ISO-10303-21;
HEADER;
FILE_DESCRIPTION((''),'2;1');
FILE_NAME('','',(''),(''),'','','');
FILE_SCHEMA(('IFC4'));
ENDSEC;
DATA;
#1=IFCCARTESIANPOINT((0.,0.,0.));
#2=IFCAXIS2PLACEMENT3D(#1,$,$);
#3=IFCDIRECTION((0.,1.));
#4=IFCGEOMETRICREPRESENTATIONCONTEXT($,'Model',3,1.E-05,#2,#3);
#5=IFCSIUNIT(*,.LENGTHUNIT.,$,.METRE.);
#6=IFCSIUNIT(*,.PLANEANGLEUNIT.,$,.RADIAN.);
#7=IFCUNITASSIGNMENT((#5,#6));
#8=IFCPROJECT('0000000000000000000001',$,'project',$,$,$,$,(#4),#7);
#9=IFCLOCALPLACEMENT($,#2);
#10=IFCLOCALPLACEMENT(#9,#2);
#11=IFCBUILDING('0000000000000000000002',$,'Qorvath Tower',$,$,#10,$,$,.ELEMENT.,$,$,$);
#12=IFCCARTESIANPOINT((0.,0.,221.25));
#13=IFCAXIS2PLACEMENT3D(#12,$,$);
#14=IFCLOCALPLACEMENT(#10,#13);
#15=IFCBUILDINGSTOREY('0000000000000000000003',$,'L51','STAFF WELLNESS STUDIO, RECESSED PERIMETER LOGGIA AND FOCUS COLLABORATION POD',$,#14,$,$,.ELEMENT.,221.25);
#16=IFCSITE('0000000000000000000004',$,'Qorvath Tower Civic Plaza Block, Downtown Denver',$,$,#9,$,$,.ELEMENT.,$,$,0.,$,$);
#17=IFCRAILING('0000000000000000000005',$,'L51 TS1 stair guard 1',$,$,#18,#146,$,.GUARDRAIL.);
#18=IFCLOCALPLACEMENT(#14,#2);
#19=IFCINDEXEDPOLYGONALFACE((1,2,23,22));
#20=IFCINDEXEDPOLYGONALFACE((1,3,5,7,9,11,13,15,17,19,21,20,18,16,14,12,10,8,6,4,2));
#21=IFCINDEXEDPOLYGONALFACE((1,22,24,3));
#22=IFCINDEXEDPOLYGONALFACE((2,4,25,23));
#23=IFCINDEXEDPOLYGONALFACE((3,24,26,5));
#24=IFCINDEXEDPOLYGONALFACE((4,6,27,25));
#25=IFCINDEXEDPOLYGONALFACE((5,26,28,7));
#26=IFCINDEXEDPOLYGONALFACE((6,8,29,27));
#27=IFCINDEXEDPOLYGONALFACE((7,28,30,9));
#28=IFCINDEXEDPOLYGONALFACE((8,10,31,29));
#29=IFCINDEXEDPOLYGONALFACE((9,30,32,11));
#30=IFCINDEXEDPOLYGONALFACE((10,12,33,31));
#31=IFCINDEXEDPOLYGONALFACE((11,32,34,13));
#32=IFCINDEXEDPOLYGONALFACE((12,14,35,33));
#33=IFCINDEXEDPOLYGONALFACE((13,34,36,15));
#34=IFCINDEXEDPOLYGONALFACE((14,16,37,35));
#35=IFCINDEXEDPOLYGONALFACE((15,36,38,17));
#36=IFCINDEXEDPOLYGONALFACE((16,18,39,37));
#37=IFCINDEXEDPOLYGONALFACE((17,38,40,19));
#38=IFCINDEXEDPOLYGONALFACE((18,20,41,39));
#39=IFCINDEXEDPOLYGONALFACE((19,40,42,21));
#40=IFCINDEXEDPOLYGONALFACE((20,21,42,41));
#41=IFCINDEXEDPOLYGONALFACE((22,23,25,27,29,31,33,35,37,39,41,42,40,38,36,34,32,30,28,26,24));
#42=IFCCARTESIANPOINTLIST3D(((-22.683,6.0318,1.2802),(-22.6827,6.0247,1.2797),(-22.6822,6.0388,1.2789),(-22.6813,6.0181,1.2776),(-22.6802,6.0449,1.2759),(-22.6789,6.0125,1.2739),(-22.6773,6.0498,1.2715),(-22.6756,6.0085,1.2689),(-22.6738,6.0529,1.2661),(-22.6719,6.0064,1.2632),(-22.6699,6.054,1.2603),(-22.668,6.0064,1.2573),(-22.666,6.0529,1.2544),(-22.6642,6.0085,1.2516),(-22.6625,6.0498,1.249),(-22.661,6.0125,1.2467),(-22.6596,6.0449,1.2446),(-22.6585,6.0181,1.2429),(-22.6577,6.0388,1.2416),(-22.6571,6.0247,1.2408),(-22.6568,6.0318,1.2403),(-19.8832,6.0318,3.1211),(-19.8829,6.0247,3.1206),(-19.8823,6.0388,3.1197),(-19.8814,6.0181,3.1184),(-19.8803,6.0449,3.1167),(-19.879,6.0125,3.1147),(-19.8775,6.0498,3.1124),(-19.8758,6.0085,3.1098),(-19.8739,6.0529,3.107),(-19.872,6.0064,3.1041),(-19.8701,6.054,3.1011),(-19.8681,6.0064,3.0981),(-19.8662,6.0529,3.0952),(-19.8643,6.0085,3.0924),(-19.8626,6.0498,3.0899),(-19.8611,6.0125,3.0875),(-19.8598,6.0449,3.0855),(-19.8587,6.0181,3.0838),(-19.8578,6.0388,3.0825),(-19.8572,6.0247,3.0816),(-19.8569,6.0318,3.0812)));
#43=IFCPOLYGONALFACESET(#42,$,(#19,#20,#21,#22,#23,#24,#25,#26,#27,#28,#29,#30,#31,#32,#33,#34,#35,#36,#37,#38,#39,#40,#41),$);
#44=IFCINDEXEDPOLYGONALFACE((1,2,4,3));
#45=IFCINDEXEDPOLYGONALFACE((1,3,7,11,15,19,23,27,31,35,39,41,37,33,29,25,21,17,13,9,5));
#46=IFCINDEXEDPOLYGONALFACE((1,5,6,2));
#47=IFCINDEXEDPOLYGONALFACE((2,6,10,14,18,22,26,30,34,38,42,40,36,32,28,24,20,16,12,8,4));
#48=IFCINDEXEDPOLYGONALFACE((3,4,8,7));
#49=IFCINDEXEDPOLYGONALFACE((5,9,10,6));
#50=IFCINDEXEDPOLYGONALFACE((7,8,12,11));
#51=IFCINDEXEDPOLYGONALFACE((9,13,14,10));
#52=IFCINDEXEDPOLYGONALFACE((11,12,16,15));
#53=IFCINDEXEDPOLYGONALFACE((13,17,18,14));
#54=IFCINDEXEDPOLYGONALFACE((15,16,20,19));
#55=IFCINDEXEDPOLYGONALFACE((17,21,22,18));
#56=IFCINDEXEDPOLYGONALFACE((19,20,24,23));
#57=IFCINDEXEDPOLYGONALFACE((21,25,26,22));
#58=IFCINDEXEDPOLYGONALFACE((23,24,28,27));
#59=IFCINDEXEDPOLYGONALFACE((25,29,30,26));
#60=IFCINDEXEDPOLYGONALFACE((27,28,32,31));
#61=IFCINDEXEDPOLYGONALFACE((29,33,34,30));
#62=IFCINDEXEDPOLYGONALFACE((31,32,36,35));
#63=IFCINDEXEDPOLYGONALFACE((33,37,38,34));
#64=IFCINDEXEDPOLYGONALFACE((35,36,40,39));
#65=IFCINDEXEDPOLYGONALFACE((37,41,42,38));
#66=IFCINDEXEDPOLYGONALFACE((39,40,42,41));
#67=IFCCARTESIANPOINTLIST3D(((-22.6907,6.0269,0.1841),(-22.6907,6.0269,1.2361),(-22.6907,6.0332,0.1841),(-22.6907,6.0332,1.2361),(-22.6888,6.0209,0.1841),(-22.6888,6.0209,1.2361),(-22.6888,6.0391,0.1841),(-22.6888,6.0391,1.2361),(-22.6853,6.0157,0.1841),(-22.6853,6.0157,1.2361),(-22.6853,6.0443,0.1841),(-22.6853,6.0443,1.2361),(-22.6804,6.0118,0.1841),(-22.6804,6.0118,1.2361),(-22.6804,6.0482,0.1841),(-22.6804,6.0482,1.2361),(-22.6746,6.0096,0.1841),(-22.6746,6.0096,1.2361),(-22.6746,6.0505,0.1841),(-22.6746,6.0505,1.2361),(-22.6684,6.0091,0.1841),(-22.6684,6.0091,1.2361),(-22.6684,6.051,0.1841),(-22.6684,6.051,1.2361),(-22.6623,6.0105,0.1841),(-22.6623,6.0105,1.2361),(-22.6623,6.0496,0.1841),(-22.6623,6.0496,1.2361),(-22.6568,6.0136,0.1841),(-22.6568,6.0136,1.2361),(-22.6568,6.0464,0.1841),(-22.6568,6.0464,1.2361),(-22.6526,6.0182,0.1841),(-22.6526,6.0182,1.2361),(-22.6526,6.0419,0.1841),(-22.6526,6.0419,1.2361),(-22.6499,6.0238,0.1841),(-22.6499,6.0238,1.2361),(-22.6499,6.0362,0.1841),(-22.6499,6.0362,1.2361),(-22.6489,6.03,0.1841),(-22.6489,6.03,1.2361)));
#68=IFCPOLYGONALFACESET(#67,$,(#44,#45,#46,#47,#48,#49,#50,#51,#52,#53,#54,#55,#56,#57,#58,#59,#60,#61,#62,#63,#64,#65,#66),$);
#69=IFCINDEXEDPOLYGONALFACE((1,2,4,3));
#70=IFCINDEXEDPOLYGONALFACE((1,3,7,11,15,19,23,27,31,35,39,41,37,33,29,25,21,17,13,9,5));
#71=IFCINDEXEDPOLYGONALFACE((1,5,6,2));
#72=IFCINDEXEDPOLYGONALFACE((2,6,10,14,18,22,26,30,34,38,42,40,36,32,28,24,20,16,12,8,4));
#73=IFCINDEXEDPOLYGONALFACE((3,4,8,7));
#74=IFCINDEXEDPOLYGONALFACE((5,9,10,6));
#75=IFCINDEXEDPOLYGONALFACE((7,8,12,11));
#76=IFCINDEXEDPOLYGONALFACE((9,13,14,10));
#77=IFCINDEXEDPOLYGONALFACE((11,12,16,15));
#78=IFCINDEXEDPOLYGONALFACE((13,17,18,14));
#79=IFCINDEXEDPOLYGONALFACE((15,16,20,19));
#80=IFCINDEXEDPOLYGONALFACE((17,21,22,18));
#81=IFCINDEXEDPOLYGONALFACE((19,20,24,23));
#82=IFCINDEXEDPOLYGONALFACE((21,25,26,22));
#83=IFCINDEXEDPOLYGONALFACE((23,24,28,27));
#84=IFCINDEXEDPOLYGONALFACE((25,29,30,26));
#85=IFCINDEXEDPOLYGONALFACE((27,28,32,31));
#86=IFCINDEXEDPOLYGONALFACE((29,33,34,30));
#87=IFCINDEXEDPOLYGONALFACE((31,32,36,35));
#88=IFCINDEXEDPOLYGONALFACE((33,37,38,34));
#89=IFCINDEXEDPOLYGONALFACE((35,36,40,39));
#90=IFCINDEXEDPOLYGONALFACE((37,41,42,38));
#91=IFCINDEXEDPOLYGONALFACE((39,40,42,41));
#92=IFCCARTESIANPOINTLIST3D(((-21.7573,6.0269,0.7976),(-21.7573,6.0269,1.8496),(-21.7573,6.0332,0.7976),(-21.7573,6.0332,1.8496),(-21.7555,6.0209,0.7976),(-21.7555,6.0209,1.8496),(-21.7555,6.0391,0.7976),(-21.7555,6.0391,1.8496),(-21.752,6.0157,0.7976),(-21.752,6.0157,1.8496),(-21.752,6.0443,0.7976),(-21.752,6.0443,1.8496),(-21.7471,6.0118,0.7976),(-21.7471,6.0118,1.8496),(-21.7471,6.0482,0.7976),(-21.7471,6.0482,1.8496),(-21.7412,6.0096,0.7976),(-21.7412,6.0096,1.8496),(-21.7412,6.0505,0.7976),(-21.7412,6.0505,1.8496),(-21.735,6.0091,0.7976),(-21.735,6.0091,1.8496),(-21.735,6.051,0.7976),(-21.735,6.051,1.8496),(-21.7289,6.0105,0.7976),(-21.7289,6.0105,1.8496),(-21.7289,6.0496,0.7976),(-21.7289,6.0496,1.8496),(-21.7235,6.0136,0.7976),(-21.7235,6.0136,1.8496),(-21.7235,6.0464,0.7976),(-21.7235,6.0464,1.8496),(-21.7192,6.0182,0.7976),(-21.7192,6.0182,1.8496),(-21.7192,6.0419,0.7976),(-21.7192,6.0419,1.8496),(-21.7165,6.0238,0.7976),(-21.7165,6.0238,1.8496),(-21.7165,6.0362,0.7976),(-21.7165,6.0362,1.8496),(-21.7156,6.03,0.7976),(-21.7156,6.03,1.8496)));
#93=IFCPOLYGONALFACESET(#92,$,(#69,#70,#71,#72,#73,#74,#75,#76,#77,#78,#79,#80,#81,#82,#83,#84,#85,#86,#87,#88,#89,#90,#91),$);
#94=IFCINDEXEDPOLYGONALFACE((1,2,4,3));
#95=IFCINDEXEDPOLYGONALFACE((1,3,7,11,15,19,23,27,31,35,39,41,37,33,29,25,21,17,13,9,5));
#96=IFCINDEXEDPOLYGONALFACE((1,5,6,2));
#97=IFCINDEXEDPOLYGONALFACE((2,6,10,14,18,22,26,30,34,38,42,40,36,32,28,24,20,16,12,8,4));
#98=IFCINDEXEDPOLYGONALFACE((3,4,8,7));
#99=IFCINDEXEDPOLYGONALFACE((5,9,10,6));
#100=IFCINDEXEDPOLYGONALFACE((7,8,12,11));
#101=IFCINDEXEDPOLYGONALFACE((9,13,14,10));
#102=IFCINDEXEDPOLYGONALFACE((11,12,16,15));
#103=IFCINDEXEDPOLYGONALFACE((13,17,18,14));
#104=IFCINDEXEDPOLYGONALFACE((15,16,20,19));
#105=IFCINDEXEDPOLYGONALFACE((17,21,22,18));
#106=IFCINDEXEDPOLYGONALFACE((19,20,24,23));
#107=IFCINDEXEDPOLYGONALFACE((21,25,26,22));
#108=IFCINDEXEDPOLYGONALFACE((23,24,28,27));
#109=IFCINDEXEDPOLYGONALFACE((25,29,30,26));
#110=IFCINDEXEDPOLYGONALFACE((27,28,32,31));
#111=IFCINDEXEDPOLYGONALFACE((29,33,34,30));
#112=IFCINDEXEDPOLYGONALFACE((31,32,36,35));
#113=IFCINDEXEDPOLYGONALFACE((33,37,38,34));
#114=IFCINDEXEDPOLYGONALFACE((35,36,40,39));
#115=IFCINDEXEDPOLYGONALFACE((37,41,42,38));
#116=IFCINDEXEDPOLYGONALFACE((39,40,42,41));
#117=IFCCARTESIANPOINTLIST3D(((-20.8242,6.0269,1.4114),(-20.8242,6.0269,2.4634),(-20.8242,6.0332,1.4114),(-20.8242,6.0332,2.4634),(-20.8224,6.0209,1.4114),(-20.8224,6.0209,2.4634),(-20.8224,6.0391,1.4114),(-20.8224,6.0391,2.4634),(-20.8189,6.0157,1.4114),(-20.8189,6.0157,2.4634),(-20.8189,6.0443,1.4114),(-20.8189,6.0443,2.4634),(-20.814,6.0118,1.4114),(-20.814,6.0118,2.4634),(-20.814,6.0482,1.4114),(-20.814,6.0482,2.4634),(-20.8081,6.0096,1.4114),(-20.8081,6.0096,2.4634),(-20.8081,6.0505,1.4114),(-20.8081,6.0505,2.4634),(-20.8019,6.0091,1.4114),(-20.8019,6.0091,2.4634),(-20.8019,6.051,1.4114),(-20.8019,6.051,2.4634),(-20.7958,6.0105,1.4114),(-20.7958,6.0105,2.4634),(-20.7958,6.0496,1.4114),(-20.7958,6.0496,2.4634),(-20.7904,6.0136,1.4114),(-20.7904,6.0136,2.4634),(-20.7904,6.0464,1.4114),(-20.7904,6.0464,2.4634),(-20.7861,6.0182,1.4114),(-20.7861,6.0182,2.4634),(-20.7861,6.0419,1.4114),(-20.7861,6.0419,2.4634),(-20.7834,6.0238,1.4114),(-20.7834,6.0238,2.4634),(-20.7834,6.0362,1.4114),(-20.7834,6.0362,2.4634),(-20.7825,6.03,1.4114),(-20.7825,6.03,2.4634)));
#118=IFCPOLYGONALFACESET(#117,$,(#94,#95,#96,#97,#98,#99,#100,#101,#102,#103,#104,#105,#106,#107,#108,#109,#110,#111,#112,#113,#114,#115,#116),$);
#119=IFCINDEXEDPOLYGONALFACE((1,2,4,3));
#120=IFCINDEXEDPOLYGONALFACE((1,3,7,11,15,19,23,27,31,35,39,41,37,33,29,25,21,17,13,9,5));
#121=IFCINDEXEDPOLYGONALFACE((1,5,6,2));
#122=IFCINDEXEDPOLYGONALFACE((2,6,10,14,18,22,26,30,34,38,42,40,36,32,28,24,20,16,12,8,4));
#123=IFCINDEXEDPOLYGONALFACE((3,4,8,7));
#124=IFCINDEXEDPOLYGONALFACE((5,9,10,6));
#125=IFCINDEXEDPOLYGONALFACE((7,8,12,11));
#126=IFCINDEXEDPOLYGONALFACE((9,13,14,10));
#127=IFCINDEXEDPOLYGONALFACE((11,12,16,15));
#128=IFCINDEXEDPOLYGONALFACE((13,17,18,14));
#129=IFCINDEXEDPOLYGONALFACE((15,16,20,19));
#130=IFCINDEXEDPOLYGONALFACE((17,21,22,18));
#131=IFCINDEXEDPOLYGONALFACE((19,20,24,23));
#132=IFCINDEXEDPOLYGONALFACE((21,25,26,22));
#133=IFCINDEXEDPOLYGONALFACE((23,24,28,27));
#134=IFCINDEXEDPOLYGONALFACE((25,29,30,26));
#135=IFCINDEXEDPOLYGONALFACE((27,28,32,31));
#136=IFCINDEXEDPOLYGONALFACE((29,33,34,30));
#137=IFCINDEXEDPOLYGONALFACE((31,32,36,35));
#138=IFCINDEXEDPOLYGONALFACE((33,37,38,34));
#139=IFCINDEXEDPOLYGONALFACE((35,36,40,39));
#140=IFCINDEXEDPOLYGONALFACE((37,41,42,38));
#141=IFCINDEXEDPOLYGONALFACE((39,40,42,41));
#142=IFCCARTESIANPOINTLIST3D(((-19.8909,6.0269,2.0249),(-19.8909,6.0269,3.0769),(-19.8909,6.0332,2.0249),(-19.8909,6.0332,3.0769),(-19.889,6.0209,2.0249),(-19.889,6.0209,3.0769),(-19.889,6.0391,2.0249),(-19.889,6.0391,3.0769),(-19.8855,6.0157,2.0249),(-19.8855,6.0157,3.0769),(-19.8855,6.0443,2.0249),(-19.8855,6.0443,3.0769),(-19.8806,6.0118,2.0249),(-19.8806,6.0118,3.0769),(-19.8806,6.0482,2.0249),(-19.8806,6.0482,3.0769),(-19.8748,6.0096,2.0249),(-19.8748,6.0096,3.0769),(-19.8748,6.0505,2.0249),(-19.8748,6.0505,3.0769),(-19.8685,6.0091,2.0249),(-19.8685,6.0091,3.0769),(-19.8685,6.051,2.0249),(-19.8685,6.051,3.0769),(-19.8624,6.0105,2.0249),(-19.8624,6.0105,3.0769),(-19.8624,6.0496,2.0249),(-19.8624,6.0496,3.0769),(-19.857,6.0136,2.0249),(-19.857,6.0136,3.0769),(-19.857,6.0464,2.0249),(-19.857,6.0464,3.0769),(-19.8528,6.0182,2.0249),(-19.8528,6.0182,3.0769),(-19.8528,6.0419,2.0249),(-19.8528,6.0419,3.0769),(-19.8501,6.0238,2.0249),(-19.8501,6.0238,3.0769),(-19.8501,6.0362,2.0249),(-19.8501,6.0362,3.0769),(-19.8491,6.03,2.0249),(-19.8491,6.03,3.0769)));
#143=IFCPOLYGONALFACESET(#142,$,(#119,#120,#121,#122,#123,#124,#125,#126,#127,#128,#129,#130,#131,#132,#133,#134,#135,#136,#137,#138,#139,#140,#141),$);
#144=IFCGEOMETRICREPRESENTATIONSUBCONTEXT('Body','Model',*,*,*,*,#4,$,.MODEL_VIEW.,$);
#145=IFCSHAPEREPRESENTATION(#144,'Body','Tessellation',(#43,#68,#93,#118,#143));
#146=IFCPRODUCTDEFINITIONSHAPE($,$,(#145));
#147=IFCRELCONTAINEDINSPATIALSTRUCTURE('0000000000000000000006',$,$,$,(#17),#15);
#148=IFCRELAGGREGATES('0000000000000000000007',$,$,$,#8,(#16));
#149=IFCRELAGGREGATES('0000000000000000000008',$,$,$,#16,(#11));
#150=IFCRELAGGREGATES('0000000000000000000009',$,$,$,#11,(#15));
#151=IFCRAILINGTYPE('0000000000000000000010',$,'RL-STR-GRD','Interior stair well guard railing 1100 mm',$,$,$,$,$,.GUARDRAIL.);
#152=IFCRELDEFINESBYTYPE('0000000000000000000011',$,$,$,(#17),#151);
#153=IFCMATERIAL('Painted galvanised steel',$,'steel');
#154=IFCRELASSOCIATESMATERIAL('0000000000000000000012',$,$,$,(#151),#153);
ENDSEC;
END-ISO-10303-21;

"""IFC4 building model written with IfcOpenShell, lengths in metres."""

from ifc_helpers import new_model, si_unit, direction, frame, origin, origin_2d, place, context, subcontext, project, spatial, circle, extrude, material, type_object, element, save


model = new_model("IFC4")

# Units and contexts
model_context = context("Model", 3, precision=1e-05, world=origin(), true_north=direction((0.0, 1.0)))
body_context = subcontext(model_context, "Body", "Model", "MODEL_VIEW")
ifc_project = project(units=[si_unit("LENGTHUNIT", "METRE"), si_unit("PLANEANGLEUNIT", "RADIAN")], contexts=[model_context])

# Site, building, storey
site_placement = place(None, origin())
site = spatial("IfcSite", under=ifc_project, at=site_placement, Name="Qorvath Tower Civic Plaza Block, Downtown Denver", CompositionType="ELEMENT", RefElevation=0.0)
building_placement = place(site_placement, origin())
building = spatial("IfcBuilding", under=site, at=building_placement, Name="Qorvath Tower", CompositionType="ELEMENT")
storey_placement = place(building_placement, frame((0.0, 0.0, 221.25)))
storey = spatial("IfcBuildingStorey", under=building, at=storey_placement, Name="L51", Description="STAFF WELLNESS STUDIO, RECESSED PERIMETER LOGGIA AND FOCUS COLLABORATION POD", CompositionType="ELEMENT", Elevation=221.25)

# Railing
ifc_material_1 = material(Name="Painted galvanised steel", Category="steel")
railing_type_1 = type_object("IfcRailingType", Name="RL-STR-GRD", Description="Interior stair well guard railing 1100 mm", PredefinedType="GUARDRAIL", material=ifc_material_1)
railing_1_placement = place(storey_placement, frame((-22.6699, 6.03, 0.1841)))
element("IfcRailing", 1, at=railing_1_placement, inside=storey, type_object=railing_type_1, Name="L51 TS1 stair guard 1", PredefinedType="GUARDRAIL", context=body_context, shape_type="SweptSolid", body=[
    extrude(circle(Radius=0.0239, at=origin_2d()), frame((0.0, 0.0, 1.0762), z_axis=(0.835576, 0.0, 0.549376), x_axis=(0.0, 1.0, 0.0)), (0.0, 0.0, 1.0), 3.3508),
    extrude(circle(Radius=0.021, at=origin_2d()), origin(), (0.0, 0.0, 1.0), 1.052),
    extrude(circle(Radius=0.021, at=origin_2d()), frame((0.9333, 0.0, 0.6135)), (0.0, 0.0, 1.0), 1.052),
    extrude(circle(Radius=0.021, at=origin_2d()), frame((1.8665, 0.0, 1.2273)), (0.0, 0.0, 1.0), 1.052),
    extrude(circle(Radius=0.021, at=origin_2d()), frame((2.7998, 0.0, 1.8408)), (0.0, 0.0, 1.0), 1.052),
])

save(model, "model.ifc")
